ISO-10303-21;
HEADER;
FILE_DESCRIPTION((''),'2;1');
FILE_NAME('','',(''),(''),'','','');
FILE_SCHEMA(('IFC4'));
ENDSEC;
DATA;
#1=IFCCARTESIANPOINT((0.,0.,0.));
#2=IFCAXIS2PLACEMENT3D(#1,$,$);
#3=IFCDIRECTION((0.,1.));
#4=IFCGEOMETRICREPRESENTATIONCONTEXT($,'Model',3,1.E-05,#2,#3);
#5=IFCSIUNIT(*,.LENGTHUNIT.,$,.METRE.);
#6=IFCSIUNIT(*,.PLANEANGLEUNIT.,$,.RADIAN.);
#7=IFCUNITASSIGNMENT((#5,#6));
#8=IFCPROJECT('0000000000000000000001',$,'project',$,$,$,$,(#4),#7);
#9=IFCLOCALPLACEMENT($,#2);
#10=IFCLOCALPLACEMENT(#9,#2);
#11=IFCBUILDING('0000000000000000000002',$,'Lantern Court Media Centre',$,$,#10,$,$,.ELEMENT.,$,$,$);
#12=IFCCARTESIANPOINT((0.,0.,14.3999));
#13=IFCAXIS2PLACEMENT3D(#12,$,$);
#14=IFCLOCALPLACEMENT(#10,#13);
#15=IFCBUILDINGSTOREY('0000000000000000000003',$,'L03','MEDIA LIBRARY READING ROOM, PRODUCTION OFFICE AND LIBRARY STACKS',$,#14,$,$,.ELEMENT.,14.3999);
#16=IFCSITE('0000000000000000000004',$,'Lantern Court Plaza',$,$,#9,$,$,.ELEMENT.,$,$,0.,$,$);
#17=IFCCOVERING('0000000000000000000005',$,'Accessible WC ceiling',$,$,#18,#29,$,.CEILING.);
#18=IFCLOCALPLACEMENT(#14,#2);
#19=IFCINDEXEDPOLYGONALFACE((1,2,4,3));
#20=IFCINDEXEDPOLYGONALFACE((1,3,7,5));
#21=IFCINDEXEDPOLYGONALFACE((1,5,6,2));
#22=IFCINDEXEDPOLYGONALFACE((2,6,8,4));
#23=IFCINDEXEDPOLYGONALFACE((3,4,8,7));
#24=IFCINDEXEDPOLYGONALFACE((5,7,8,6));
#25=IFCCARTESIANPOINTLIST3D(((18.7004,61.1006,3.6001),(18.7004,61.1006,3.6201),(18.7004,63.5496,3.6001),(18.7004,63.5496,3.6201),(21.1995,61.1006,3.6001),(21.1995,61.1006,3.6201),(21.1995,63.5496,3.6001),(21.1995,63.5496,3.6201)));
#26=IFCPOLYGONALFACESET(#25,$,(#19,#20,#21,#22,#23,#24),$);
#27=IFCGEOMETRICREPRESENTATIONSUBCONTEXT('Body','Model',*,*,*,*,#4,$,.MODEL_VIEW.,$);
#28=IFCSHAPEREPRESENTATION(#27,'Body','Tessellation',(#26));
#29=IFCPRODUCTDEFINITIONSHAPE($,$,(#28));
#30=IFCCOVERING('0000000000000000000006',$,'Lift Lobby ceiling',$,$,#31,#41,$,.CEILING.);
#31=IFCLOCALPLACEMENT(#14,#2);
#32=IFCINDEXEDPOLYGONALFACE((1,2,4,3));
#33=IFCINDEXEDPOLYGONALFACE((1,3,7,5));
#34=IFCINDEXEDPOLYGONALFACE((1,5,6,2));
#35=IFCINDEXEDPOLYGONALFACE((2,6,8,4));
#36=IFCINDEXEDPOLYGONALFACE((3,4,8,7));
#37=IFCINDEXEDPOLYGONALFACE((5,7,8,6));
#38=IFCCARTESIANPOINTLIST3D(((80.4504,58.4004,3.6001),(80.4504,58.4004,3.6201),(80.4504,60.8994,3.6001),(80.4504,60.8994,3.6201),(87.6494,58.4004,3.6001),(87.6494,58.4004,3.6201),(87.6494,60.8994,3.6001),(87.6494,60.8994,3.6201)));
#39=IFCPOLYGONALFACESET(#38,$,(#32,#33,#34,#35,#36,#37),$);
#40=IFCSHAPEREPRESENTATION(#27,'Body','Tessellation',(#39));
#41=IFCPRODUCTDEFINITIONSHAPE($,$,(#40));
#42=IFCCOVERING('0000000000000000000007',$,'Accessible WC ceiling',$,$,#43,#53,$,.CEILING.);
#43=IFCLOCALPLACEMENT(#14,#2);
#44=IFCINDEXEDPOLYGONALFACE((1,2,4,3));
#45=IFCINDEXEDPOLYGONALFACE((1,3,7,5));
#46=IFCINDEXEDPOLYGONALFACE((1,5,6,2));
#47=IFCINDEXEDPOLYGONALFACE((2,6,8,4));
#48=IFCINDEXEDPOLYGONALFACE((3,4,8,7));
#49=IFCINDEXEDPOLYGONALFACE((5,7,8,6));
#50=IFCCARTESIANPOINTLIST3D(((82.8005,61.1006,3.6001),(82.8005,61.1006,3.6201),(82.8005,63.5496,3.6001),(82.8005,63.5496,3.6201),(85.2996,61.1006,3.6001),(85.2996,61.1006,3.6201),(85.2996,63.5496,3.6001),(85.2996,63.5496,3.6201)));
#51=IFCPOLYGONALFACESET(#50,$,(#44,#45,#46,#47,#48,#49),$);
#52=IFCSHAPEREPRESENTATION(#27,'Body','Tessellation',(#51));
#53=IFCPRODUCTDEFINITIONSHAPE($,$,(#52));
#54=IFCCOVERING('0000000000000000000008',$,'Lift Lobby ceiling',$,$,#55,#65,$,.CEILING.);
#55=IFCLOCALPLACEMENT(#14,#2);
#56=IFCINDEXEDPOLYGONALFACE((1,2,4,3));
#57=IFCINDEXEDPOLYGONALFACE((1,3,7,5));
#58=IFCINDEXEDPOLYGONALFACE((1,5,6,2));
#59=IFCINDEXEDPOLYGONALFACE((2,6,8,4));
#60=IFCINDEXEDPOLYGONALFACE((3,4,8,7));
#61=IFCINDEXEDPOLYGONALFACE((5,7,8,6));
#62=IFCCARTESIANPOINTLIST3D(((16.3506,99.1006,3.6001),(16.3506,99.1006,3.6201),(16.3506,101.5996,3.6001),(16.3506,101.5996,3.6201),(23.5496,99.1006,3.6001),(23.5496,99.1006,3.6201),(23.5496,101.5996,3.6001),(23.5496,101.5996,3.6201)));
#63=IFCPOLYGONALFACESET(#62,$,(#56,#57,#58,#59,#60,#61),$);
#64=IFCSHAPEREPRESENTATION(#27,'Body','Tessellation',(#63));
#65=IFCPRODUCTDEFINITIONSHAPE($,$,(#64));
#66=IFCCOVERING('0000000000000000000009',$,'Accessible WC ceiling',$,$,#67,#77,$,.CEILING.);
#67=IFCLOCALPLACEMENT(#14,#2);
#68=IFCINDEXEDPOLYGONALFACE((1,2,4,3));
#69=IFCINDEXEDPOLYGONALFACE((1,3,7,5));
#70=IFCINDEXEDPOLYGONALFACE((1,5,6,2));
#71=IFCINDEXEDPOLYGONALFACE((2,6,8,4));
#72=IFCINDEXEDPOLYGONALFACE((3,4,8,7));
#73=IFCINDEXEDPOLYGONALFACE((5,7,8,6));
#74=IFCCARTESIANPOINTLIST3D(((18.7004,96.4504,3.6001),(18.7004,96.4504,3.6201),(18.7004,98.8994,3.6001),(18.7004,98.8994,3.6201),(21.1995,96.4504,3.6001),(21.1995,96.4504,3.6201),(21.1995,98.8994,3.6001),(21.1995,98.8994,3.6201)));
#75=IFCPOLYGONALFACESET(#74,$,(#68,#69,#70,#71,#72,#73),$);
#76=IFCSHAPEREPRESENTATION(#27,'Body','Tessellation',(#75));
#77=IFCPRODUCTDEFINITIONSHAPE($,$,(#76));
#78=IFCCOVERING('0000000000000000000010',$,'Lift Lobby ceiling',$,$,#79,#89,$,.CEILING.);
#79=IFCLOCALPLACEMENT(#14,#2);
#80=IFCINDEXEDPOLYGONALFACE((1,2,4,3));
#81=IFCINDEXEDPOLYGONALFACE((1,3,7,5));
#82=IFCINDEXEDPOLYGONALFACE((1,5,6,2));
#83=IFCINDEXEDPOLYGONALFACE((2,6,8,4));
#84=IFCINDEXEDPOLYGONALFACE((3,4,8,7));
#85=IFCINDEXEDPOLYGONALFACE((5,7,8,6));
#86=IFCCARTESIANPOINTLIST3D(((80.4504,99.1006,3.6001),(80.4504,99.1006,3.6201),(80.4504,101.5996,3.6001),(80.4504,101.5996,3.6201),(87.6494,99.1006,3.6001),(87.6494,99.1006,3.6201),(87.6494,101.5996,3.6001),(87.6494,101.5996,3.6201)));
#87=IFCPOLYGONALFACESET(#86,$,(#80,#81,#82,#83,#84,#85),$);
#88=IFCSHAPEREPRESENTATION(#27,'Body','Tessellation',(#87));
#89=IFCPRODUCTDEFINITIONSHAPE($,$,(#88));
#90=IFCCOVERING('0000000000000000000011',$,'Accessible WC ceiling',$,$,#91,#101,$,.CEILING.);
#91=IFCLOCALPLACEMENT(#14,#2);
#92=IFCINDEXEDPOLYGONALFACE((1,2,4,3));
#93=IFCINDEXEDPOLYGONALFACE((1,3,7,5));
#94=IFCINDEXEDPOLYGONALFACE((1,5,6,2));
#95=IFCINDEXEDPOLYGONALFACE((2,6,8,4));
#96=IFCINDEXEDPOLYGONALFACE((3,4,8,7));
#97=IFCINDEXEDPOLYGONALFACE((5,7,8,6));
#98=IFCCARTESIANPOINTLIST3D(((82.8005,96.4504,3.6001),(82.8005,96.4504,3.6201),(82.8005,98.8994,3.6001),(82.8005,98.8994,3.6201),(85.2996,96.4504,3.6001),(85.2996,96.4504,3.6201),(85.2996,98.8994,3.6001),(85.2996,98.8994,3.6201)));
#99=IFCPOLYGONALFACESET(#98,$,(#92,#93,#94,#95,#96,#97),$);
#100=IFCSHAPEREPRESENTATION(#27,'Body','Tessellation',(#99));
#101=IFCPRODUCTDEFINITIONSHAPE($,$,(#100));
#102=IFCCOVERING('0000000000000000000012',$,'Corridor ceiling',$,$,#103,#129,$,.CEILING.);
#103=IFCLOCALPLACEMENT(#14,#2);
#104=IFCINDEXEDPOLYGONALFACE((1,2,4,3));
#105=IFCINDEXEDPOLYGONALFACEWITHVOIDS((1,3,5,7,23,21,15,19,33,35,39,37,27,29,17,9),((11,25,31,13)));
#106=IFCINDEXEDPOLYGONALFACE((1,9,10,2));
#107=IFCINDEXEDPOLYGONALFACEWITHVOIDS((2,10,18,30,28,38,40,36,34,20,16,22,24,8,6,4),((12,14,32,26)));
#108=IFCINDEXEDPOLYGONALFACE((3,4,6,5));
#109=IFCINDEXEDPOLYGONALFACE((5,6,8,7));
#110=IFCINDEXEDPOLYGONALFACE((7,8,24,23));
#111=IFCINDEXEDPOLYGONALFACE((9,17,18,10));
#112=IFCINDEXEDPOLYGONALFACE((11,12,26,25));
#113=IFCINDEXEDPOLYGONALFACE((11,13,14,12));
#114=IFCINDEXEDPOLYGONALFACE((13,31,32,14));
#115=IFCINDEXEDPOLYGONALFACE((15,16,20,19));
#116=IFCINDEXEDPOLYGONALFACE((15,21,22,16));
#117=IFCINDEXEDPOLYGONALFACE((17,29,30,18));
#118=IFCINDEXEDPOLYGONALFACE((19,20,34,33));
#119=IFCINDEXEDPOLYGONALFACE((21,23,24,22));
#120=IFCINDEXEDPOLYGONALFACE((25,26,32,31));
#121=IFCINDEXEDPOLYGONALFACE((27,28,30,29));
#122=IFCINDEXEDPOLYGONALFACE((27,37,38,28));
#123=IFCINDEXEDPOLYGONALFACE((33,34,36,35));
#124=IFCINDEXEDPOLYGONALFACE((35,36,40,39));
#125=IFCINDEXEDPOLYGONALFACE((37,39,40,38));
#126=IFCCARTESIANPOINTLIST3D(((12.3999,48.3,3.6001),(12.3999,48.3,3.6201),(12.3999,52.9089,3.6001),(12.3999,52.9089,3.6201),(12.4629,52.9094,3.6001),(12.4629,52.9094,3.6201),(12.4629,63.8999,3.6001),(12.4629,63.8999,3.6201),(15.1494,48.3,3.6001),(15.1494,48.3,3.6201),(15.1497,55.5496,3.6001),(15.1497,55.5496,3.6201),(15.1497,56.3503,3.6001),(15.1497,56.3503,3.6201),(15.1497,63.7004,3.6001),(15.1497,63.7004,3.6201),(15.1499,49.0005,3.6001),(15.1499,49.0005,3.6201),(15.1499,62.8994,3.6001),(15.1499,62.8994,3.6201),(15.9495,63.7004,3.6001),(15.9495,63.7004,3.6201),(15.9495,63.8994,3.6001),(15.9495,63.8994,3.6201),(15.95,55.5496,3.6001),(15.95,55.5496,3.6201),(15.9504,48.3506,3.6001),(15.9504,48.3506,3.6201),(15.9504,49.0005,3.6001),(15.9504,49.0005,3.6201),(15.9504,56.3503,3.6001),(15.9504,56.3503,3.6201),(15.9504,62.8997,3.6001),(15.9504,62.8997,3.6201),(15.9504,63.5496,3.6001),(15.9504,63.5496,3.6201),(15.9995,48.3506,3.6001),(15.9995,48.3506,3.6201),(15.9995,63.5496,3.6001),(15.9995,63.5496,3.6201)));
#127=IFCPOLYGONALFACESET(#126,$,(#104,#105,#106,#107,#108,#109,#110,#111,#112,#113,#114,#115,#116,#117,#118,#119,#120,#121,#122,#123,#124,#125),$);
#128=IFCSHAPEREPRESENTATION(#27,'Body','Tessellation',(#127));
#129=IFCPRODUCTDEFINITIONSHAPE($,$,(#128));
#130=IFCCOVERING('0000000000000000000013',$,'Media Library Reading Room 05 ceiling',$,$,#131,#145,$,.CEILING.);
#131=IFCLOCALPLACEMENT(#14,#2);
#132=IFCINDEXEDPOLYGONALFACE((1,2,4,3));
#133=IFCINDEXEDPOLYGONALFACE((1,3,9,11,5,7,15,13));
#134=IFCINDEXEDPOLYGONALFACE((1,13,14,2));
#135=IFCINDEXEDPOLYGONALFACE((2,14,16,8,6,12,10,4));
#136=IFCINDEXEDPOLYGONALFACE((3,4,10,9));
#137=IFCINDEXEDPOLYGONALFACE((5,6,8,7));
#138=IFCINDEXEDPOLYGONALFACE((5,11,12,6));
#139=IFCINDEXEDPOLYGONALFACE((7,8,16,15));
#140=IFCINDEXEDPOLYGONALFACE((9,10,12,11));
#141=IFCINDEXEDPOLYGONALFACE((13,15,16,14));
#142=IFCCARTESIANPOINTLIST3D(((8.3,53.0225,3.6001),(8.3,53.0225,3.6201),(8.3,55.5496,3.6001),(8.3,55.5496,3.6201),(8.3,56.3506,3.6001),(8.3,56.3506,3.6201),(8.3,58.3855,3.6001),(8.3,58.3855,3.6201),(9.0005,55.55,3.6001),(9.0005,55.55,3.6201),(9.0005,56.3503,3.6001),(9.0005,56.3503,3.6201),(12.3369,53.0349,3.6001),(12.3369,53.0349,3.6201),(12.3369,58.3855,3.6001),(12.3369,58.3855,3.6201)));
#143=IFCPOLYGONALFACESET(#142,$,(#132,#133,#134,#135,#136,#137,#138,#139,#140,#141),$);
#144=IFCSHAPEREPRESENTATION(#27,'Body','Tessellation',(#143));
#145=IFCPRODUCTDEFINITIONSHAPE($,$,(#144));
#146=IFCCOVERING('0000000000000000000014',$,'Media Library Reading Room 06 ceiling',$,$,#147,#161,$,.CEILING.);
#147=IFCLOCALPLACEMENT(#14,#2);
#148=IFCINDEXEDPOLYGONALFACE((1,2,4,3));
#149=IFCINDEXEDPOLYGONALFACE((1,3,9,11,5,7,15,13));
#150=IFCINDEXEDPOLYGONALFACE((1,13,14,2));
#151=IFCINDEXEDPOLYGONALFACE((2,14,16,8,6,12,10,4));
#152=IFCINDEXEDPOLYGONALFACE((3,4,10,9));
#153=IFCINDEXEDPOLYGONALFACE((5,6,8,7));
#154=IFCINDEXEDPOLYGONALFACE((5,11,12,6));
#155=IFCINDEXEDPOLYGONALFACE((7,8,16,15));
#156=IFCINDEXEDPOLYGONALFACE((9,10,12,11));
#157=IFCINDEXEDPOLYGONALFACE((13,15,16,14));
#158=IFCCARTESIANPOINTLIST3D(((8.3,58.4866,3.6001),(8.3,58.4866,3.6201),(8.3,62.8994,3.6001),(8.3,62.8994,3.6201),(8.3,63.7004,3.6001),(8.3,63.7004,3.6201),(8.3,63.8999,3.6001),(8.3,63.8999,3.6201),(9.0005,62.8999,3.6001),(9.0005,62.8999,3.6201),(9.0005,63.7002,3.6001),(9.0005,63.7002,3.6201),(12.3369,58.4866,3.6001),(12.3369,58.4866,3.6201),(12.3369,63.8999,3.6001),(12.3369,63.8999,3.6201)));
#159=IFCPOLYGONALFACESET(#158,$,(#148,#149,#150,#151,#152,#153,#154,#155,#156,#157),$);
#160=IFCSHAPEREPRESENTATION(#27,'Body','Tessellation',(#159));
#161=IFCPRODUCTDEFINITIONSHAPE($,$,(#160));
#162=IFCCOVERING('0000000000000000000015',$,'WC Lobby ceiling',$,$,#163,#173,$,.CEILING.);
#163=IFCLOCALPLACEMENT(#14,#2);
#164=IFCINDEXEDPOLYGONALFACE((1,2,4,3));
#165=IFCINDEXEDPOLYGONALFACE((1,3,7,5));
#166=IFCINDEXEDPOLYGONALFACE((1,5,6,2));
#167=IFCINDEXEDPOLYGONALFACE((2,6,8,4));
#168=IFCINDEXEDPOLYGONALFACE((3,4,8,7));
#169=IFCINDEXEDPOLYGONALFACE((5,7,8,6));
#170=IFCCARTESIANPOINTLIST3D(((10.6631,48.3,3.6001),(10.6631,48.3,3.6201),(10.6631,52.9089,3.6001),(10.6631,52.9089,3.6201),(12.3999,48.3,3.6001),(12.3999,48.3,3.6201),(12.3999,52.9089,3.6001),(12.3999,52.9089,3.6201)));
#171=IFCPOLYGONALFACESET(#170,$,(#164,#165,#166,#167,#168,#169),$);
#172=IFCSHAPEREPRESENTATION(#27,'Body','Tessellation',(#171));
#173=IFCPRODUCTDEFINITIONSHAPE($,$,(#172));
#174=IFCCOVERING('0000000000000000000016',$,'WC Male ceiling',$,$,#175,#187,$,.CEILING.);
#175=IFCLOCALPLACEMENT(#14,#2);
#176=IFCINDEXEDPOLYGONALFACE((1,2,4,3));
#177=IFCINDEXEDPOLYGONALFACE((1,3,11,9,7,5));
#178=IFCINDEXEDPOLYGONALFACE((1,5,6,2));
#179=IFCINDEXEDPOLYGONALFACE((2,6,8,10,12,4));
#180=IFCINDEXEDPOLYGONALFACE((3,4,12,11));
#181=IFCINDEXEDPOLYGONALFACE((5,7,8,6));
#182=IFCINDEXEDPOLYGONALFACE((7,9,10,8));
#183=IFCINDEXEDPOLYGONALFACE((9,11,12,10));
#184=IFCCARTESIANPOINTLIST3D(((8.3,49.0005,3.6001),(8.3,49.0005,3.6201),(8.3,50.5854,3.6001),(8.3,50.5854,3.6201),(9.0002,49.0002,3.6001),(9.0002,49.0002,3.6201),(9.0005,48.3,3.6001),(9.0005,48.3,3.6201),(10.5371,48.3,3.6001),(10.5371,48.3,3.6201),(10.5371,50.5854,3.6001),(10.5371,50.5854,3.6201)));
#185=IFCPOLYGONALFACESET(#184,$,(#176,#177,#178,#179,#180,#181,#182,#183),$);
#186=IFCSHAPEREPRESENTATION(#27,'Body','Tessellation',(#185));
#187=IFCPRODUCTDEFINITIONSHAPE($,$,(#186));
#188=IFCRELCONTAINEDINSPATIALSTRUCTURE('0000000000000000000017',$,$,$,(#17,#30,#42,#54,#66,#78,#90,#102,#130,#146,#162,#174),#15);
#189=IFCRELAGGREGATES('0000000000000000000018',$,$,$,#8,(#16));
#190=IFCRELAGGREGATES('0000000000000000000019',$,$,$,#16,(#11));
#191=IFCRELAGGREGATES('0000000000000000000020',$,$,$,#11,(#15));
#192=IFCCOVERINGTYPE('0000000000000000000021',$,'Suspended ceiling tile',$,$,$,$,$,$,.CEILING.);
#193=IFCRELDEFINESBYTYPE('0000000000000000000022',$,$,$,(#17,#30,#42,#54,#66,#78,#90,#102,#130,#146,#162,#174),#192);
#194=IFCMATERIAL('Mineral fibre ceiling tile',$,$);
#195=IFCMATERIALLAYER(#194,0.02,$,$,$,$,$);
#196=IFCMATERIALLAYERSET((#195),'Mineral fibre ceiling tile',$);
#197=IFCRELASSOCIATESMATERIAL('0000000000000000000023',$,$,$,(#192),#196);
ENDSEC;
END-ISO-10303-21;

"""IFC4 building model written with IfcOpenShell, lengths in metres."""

from ifc_helpers import new_model, si_unit, direction, frame, origin, place, context, subcontext, project, spatial, polyline, outline, extrude, material, layer, layer_set, type_object, element, save


model = new_model("IFC4")

# Units and contexts
model_context = context("Model", 3, precision=1e-05, world=origin(), true_north=direction((0.0, 1.0)))
body_context = subcontext(model_context, "Body", "Model", "MODEL_VIEW")
ifc_project = project(units=[si_unit("LENGTHUNIT", "METRE"), si_unit("PLANEANGLEUNIT", "RADIAN")], contexts=[model_context])

# Site, building, storey
site_placement = place(None, origin())
site = spatial("IfcSite", under=ifc_project, at=site_placement, Name="Lantern Court Plaza", CompositionType="ELEMENT", RefElevation=0.0)
building_placement = place(site_placement, origin())
building = spatial("IfcBuilding", under=site, at=building_placement, Name="Lantern Court Media Centre", CompositionType="ELEMENT")
storey_placement = place(building_placement, frame((0.0, 0.0, 14.3999)))
storey = spatial("IfcBuildingStorey", under=building, at=storey_placement, Name="L03", Description="MEDIA LIBRARY READING ROOM, PRODUCTION OFFICE AND LIBRARY STACKS", CompositionType="ELEMENT", Elevation=14.3999)

# Coverings
ifc_material = material(Name="Mineral fibre ceiling tile")
ifc_layer = layer(ifc_material, 0.02)
ifc_layer_set = layer_set([ifc_layer], Name="Mineral fibre ceiling tile")
covering_type = type_object("IfcCoveringType", Name="Suspended ceiling tile", PredefinedType="CEILING", material=ifc_layer_set)
covering_1_placement = place(storey_placement, frame((0.0, 0.0, 3.6001)))
element("IfcCovering", 1, at=covering_1_placement, inside=storey, type_object=covering_type, Name="Accessible WC ceiling", PredefinedType="CEILING", context=body_context, shape_type="SweptSolid", body=[
    extrude(outline(polyline([(21.1995, 61.1006), (18.7004, 61.1006), (18.7004, 63.5496), (21.1995, 63.5496), (21.1995, 61.1006)])), origin(), (0.0, 0.0, 1.0), 0.02),
])
covering_2_placement = place(storey_placement, frame((0.0, 0.0, 3.6001)))
element("IfcCovering", 2, at=covering_2_placement, inside=storey, type_object=covering_type, Name="Lift Lobby ceiling", PredefinedType="CEILING", context=body_context, shape_type="SweptSolid", body=[
    extrude(outline(polyline([(80.4504, 58.4004), (80.4504, 60.8994), (87.6494, 60.8994), (87.6494, 58.4004), (80.4504, 58.4004)])), origin(), (0.0, 0.0, 1.0), 0.02),
])
covering_3_placement = place(storey_placement, frame((0.0, 0.0, 3.6001)))
element("IfcCovering", 3, at=covering_3_placement, inside=storey, type_object=covering_type, Name="Accessible WC ceiling", PredefinedType="CEILING", context=body_context, shape_type="SweptSolid", body=[
    extrude(outline(polyline([(85.2996, 61.1006), (82.8005, 61.1006), (82.8005, 63.5496), (85.2996, 63.5496), (85.2996, 61.1006)])), origin(), (0.0, 0.0, 1.0), 0.02),
])
covering_4_placement = place(storey_placement, frame((0.0, 0.0, 3.6001)))
element("IfcCovering", 4, at=covering_4_placement, inside=storey, type_object=covering_type, Name="Lift Lobby ceiling", PredefinedType="CEILING", context=body_context, shape_type="SweptSolid", body=[
    extrude(outline(polyline([(16.3506, 99.1006), (16.3506, 101.5996), (23.5496, 101.5996), (23.5496, 99.1006), (16.3506, 99.1006)])), origin(), (0.0, 0.0, 1.0), 0.02),
])
covering_5_placement = place(storey_placement, frame((0.0, 0.0, 3.6001)))
element("IfcCovering", 5, at=covering_5_placement, inside=storey, type_object=covering_type, Name="Accessible WC ceiling", PredefinedType="CEILING", context=body_context, shape_type="SweptSolid", body=[
    extrude(outline(polyline([(21.1995, 96.4504), (18.7004, 96.4504), (18.7004, 98.8994), (21.1995, 98.8994), (21.1995, 96.4504)])), origin(), (0.0, 0.0, 1.0), 0.02),
])
covering_6_placement = place(storey_placement, frame((0.0, 0.0, 3.6001)))
element("IfcCovering", 6, at=covering_6_placement, inside=storey, type_object=covering_type, Name="Lift Lobby ceiling", PredefinedType="CEILING", context=body_context, shape_type="SweptSolid", body=[
    extrude(outline(polyline([(80.4504, 99.1006), (80.4504, 101.5996), (87.6494, 101.5996), (87.6494, 99.1006), (80.4504, 99.1006)])), origin(), (0.0, 0.0, 1.0), 0.02),
])
covering_7_placement = place(storey_placement, frame((0.0, 0.0, 3.6001)))
element("IfcCovering", 7, at=covering_7_placement, inside=storey, type_object=covering_type, Name="Accessible WC ceiling", PredefinedType="CEILING", context=body_context, shape_type="SweptSolid", body=[
    extrude(outline(polyline([(82.8005, 98.8994), (85.2996, 98.8994), (85.2996, 96.4504), (82.8005, 96.4504), (82.8005, 98.8994)])), origin(), (0.0, 0.0, 1.0), 0.02),
])
covering_8_placement = place(storey_placement, frame((0.0, 0.0, 3.6001)))
element("IfcCovering", 8, at=covering_8_placement, inside=storey, type_object=covering_type, Name="Corridor ceiling", PredefinedType="CEILING", context=body_context, shape_type="SweptSolid", body=[
    extrude(outline(polyline([(12.4629, 63.8999), (15.9495, 63.8994), (15.9495, 63.7004), (15.1497, 63.7004), (15.1499, 62.8994), (15.9504, 62.8997), (15.9504, 63.5496), (15.9995, 63.5496), (15.9995, 48.3506), (15.9504, 48.3506), (15.9504, 49.0005), (15.1499, 49.0005), (15.1494, 48.3), (12.3999, 48.3), (12.3999, 52.9089), (12.4629, 52.9094), (12.4629, 63.8999)]), holes=[polyline([(15.95, 55.5496), (15.9504, 56.3503), (15.1497, 56.3503), (15.1497, 55.5496), (15.95, 55.5496)])]), origin(), (0.0, 0.0, 1.0), 0.02),
])
covering_9_placement = place(storey_placement, frame((0.0, 0.0, 3.6001)))
element("IfcCovering", 9, at=covering_9_placement, inside=storey, type_object=covering_type, Name="Media Library Reading Room 05 ceiling", PredefinedType="CEILING", context=body_context, shape_type="SweptSolid", body=[
    extrude(outline(polyline([(8.3, 58.3855), (12.3369, 58.3855), (12.3369, 53.0349), (8.3, 53.0225), (8.3, 55.5496), (9.0005, 55.55), (9.0005, 56.3503), (8.3, 56.3506), (8.3, 58.3855)])), origin(), (0.0, 0.0, 1.0), 0.02),
])
covering_10_placement = place(storey_placement, frame((0.0, 0.0, 3.6001)))
element("IfcCovering", 10, at=covering_10_placement, inside=storey, type_object=covering_type, Name="Media Library Reading Room 06 ceiling", PredefinedType="CEILING", context=body_context, shape_type="SweptSolid", body=[
    extrude(outline(polyline([(8.3, 63.8999), (12.3369, 63.8999), (12.3369, 58.4866), (8.3, 58.4866), (8.3, 62.8994), (9.0005, 62.8999), (9.0005, 63.7002), (8.3, 63.7004), (8.3, 63.8999)])), origin(), (0.0, 0.0, 1.0), 0.02),
])
covering_11_placement = place(storey_placement, frame((0.0, 0.0, 3.6001)))
element("IfcCovering", 11, at=covering_11_placement, inside=storey, type_object=covering_type, Name="WC Lobby ceiling", PredefinedType="CEILING", context=body_context, shape_type="SweptSolid", body=[
    extrude(outline(polyline([(12.3999, 48.3), (10.6631, 48.3), (10.6631, 52.9089), (12.3999, 52.9089), (12.3999, 48.3)])), origin(), (0.0, 0.0, 1.0), 0.02),
])
covering_12_placement = place(storey_placement, frame((0.0, 0.0, 3.6001)))
element("IfcCovering", 12, at=covering_12_placement, inside=storey, type_object=covering_type, Name="WC Male ceiling", PredefinedType="CEILING", context=body_context, shape_type="SweptSolid", body=[
    extrude(outline(polyline([(8.3, 50.5854), (10.5371, 50.5854), (10.5371, 48.3), (9.0005, 48.3), (9.0002, 49.0002), (8.3, 49.0005), (8.3, 50.5854)])), origin(), (0.0, 0.0, 1.0), 0.02),
])

save(model, "model.ifc")
